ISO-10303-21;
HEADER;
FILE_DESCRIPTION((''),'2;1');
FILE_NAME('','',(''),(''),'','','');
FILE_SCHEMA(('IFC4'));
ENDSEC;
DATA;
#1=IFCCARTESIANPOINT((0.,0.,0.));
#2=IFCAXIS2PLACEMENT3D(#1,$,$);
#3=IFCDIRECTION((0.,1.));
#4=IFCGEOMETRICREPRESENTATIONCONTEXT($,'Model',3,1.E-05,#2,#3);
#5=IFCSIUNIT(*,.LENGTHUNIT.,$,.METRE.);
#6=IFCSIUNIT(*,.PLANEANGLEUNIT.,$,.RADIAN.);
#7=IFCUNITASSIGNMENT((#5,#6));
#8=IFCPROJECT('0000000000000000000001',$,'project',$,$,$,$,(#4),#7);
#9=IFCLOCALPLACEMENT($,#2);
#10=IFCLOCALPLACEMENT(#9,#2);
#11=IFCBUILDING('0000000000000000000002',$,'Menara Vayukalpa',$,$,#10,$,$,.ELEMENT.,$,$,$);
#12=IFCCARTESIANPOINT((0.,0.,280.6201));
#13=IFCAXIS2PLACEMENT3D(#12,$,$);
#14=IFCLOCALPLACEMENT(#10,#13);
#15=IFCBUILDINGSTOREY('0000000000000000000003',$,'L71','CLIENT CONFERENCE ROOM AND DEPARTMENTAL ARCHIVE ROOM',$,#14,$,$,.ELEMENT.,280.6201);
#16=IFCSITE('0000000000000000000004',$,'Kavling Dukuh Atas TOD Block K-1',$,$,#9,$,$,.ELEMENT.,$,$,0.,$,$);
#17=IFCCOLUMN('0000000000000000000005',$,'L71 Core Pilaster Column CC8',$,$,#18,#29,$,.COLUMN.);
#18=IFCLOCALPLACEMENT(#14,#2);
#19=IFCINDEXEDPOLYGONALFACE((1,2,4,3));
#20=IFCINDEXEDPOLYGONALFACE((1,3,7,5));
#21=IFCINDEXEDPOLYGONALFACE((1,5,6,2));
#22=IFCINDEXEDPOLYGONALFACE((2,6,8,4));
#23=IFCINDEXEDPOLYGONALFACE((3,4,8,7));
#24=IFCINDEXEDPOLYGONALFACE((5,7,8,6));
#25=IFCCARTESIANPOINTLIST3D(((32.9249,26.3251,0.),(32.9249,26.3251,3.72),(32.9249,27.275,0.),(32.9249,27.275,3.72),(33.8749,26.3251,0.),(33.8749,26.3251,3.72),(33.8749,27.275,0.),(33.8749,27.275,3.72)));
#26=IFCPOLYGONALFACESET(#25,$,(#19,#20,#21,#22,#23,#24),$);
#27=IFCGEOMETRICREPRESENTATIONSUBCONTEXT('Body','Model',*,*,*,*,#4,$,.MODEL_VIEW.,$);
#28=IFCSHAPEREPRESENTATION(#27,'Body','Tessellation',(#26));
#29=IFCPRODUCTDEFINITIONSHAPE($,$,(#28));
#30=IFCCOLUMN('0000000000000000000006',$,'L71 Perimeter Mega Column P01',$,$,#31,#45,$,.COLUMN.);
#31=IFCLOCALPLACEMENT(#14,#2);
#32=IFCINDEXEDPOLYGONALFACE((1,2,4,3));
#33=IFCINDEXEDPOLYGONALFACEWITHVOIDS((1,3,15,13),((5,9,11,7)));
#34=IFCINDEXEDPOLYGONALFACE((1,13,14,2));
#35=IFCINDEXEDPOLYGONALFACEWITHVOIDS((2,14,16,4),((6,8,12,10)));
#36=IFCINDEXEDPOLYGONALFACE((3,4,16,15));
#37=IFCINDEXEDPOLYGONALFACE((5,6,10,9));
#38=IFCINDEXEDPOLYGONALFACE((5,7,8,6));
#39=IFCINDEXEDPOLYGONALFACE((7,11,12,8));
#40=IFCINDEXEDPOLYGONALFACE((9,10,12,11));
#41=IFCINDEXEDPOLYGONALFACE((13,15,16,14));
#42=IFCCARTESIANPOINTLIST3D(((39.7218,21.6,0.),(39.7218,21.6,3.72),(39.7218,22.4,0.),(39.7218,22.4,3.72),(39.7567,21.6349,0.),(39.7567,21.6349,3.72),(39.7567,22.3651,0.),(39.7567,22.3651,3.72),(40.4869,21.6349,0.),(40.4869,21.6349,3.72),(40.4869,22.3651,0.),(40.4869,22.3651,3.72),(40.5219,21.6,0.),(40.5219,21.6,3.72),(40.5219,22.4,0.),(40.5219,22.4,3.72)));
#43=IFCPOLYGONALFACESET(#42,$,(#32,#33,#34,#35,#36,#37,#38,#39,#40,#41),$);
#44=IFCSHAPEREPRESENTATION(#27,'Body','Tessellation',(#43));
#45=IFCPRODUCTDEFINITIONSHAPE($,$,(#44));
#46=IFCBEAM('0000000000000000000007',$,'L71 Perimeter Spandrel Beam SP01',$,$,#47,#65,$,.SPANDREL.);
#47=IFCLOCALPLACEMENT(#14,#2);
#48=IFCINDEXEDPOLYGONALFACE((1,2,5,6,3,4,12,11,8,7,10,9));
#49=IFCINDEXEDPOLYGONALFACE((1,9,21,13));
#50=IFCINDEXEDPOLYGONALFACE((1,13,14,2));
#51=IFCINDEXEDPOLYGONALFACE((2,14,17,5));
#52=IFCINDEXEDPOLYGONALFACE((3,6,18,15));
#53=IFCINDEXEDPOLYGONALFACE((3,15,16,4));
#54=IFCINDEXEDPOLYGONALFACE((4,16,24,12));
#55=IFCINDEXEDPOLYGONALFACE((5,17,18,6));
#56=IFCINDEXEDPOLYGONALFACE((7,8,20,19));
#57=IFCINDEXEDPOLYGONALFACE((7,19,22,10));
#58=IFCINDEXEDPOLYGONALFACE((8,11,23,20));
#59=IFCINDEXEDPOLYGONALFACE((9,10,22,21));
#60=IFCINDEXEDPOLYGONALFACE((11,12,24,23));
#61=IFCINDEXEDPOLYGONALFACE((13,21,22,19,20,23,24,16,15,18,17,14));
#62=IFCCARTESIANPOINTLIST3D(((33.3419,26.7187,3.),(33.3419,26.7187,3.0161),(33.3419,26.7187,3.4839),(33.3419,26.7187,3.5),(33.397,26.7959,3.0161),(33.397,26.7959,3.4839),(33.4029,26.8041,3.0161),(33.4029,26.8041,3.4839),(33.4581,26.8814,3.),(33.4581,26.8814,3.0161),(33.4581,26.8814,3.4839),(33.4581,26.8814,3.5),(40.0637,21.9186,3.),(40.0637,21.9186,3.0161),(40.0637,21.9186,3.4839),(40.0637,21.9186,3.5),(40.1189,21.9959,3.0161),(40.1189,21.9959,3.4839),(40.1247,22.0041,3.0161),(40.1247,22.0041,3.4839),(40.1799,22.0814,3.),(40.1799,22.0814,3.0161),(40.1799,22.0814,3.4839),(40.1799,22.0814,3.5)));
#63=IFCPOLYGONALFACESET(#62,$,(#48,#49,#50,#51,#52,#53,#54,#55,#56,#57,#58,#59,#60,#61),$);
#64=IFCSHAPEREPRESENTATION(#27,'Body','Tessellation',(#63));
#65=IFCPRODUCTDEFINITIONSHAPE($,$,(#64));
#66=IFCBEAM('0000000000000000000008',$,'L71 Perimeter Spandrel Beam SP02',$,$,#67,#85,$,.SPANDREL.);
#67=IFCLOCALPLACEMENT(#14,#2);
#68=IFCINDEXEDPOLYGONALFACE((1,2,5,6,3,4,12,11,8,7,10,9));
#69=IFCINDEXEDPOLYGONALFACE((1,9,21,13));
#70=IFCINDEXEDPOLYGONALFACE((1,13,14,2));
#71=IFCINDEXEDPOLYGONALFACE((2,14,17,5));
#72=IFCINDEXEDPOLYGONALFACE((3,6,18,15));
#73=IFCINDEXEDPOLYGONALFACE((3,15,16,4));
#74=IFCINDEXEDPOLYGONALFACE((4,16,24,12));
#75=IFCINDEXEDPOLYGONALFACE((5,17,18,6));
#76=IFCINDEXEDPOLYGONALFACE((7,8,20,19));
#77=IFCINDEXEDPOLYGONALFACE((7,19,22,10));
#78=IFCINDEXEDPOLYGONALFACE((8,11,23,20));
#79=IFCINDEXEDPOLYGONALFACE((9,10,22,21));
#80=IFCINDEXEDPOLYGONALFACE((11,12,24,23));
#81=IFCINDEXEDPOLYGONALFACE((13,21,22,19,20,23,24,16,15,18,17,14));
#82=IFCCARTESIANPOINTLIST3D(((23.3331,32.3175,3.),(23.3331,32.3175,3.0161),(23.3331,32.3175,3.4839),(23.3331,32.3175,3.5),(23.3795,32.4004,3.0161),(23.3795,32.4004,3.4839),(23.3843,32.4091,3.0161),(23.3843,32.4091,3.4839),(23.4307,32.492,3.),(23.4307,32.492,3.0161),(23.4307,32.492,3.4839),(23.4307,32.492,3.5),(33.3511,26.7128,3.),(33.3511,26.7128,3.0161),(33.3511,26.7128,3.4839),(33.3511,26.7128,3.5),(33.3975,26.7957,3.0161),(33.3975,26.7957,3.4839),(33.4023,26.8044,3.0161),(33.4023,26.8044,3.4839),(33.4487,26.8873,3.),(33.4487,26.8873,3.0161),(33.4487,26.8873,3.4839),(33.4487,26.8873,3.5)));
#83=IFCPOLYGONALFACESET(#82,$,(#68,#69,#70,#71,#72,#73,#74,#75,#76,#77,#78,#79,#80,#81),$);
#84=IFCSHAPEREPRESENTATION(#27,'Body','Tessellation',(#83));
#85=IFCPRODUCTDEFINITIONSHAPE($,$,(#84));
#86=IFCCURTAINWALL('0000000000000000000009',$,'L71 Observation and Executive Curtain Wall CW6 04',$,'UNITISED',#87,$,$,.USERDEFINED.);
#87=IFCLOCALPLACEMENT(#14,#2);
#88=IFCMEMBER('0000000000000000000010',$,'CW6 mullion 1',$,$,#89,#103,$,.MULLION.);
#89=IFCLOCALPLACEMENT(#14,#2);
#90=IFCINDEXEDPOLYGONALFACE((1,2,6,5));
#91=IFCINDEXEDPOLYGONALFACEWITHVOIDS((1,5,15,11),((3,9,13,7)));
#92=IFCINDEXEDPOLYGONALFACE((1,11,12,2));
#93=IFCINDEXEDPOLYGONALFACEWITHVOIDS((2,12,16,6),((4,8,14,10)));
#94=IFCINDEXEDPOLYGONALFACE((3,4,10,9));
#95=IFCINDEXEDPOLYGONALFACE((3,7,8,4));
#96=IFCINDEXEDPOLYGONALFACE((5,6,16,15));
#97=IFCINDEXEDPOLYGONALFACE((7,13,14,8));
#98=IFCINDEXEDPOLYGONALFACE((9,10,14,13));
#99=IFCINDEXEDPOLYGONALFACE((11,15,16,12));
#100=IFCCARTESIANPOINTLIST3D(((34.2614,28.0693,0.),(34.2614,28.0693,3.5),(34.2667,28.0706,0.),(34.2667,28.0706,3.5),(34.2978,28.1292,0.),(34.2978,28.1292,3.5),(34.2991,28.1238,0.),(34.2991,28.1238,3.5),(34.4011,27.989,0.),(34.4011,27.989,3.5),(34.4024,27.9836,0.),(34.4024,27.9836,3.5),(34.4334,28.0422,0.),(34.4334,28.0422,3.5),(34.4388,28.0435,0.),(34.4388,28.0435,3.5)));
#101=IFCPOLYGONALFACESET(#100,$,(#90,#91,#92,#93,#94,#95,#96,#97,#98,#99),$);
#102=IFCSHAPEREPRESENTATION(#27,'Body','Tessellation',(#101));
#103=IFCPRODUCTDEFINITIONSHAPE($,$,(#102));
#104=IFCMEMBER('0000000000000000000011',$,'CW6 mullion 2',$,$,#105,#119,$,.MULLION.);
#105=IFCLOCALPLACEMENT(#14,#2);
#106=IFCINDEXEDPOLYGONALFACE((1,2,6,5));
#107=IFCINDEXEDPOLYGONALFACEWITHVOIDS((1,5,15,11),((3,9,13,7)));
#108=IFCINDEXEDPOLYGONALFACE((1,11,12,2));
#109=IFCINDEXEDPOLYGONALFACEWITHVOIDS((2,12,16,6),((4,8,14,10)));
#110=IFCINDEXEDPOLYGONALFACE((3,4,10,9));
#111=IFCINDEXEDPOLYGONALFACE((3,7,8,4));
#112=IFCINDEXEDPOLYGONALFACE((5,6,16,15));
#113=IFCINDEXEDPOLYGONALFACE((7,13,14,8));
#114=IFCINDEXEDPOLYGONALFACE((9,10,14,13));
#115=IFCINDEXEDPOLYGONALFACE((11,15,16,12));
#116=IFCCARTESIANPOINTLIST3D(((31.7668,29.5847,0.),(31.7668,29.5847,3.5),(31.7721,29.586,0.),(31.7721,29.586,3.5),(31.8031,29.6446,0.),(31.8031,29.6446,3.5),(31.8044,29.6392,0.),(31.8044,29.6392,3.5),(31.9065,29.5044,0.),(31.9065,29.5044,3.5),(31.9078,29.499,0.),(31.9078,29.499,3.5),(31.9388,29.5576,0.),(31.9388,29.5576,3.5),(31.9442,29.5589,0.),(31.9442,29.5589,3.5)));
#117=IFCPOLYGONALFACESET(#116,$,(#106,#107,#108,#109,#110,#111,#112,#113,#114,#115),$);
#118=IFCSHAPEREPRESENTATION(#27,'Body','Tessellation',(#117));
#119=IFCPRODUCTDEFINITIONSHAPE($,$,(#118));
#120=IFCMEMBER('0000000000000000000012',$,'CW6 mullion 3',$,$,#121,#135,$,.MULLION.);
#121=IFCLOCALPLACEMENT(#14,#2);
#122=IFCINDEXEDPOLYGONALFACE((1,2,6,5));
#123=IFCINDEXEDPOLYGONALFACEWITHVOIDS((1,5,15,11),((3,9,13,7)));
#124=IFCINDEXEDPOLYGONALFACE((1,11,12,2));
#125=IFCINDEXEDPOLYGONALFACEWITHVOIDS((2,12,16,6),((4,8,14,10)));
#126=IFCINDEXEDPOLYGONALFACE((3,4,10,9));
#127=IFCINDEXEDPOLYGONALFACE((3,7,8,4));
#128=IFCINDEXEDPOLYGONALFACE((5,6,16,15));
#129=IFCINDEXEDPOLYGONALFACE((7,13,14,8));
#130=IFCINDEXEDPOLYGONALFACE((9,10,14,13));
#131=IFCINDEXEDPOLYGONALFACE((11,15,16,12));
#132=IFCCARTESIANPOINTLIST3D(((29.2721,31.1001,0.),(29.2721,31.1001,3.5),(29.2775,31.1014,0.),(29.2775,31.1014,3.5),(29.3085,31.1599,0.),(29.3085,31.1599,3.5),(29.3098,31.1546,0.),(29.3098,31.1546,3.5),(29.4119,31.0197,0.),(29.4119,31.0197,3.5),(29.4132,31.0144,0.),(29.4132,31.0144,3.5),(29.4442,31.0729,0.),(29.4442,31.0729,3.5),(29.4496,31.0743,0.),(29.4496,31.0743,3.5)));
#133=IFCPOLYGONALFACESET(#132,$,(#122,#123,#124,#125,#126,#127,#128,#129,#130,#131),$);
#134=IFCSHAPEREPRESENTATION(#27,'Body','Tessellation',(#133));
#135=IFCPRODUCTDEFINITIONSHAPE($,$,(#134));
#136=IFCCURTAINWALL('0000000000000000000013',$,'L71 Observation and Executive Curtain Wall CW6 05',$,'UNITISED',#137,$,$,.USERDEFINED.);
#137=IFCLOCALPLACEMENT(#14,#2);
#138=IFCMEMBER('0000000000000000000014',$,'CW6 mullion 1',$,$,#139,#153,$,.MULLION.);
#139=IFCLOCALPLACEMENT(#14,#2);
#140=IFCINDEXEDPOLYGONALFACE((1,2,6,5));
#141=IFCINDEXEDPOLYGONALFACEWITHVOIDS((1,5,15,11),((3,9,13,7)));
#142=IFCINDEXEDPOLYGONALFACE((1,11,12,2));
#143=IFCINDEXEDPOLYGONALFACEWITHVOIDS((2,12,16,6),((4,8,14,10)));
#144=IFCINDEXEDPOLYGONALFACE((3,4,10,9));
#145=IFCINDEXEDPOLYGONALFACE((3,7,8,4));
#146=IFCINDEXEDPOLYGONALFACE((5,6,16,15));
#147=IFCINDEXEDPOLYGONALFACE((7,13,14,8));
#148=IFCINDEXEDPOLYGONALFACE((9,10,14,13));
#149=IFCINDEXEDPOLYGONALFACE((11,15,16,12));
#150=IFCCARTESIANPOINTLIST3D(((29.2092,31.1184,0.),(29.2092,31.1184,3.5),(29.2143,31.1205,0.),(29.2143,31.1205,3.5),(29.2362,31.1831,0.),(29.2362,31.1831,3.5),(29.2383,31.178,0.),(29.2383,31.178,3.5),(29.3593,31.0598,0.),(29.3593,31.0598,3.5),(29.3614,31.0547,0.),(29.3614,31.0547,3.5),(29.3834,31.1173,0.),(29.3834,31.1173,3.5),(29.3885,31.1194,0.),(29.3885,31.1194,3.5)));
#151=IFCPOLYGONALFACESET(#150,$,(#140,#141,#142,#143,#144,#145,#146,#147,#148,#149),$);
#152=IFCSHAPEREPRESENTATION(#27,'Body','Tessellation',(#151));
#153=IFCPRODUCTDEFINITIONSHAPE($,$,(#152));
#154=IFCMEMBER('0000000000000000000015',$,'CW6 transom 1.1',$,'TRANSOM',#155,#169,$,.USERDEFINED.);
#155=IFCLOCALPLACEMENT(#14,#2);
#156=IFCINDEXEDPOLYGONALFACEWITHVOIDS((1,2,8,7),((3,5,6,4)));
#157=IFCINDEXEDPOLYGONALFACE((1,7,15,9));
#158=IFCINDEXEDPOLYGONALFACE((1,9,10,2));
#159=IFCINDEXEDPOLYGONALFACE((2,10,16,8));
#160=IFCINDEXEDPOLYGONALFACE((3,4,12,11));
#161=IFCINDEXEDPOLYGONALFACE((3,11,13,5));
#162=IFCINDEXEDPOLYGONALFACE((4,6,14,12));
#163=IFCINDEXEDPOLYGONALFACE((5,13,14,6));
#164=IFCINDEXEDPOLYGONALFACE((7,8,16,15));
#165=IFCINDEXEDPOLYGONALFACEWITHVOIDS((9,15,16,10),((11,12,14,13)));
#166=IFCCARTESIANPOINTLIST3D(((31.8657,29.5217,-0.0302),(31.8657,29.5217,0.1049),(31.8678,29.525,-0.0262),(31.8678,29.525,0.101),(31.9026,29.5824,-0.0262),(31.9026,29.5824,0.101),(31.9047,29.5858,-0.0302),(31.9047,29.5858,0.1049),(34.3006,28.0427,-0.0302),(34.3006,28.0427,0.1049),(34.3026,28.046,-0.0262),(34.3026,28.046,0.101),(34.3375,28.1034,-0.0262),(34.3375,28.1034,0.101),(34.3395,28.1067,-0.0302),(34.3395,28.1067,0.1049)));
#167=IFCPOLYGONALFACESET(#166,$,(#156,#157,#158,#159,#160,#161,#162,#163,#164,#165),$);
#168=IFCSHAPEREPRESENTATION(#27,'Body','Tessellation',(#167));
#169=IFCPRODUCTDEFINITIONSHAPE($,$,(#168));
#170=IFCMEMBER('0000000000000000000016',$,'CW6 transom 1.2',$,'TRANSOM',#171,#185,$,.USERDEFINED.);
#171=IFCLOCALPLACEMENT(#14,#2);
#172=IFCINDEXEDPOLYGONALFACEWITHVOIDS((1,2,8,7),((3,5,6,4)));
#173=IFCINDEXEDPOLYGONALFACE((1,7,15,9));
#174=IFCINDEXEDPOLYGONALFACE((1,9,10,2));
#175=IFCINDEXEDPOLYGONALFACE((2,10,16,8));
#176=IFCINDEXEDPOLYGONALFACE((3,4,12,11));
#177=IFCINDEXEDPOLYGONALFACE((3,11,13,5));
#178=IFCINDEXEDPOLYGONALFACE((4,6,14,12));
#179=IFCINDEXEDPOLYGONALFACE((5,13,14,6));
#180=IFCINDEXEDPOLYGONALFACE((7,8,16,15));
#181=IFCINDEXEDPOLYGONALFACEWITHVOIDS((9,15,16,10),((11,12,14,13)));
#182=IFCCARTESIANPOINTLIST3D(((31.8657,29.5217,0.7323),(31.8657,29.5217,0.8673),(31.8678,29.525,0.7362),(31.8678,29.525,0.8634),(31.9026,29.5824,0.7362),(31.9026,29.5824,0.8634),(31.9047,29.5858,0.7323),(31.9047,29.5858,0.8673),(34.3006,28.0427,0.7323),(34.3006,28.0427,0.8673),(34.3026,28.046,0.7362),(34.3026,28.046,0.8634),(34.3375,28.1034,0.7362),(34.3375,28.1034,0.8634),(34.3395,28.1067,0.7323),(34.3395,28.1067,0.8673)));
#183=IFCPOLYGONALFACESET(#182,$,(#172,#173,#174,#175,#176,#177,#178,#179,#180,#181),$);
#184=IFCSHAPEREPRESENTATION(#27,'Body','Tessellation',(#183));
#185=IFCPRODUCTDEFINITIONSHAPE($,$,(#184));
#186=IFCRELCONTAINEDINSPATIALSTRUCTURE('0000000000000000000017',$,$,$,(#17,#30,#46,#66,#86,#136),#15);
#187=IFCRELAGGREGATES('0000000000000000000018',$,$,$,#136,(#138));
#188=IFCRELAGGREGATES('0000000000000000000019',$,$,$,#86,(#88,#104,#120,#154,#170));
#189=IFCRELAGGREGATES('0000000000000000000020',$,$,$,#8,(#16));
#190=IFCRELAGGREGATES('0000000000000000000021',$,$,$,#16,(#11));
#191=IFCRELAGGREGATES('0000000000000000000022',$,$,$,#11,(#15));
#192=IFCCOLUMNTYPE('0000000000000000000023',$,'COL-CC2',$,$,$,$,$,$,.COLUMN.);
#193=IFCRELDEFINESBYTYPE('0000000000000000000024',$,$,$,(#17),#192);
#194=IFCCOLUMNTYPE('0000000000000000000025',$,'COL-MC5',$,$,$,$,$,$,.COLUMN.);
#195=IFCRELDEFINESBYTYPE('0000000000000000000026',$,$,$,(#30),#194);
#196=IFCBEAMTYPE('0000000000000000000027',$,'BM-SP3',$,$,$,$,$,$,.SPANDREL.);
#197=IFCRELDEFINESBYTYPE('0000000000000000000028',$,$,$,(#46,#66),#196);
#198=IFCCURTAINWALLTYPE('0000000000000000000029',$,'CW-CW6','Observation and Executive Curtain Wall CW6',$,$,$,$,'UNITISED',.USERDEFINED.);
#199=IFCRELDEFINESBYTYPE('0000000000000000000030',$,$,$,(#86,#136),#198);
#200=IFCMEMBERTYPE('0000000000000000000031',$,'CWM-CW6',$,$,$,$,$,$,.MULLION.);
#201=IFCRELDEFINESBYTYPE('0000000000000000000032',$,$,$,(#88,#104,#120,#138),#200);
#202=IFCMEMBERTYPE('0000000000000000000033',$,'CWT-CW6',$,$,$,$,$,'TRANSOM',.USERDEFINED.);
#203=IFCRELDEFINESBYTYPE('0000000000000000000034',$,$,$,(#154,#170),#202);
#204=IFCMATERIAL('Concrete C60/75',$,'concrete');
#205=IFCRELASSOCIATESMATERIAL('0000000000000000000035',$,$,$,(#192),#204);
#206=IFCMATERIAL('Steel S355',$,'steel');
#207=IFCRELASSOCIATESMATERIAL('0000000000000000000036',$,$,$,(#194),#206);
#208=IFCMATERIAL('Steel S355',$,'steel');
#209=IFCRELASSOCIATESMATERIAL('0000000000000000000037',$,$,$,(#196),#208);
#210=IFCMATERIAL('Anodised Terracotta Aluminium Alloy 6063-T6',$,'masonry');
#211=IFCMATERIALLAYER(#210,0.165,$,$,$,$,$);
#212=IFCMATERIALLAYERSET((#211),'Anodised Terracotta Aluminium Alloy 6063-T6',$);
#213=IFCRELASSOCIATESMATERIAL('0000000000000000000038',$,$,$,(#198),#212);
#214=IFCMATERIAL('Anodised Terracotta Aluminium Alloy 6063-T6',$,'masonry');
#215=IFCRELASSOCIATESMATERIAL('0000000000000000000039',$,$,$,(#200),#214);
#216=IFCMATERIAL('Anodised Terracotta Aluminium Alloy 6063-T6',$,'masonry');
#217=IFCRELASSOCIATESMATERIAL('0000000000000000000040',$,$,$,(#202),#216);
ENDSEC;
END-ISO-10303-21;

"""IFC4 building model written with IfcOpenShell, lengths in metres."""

from ifc_helpers import new_model, si_unit, direction, frame, origin, origin_2d, place, context, subcontext, project, spatial, rectangle, hollow_rectangle, i_section, extrude, material, layer, layer_set, material_profile, profile_set, type_object, element, aggregate, save


model = new_model("IFC4")

# Units and contexts
model_context = context("Model", 3, precision=1e-05, world=origin(), true_north=direction((0.0, 1.0)))
body_context = subcontext(model_context, "Body", "Model", "MODEL_VIEW")
ifc_project = project(units=[si_unit("LENGTHUNIT", "METRE"), si_unit("PLANEANGLEUNIT", "RADIAN")], contexts=[model_context])

# Site, building, storey
site_placement = place(None, origin())
site = spatial("IfcSite", under=ifc_project, at=site_placement, Name="Kavling Dukuh Atas TOD Block K-1", CompositionType="ELEMENT", RefElevation=0.0)
building_placement = place(site_placement, origin())
building = spatial("IfcBuilding", under=site, at=building_placement, Name="Menara Vayukalpa", CompositionType="ELEMENT")
storey_placement = place(building_placement, frame((0.0, 0.0, 280.6201)))
storey = spatial("IfcBuildingStorey", under=building, at=storey_placement, Name="L71", Description="CLIENT CONFERENCE ROOM AND DEPARTMENTAL ARCHIVE ROOM", CompositionType="ELEMENT", Elevation=280.6201)

# Columns
ifc_material_1 = material(Name="Concrete C60/75", Category="concrete")
ifc_material_profile_1 = material_profile(ifc_material_1, rectangle(XDim=0.95, YDim=0.95, at=origin_2d()), Name="RC 950x950")
ifc_profile_set_1 = profile_set([ifc_material_profile_1], Name="Concrete C60/75")
column_type_1 = type_object("IfcColumnType", Name="COL-CC2", PredefinedType="COLUMN", material=ifc_profile_set_1)
column_1_placement = place(storey_placement, frame((33.3999, 26.8, 0.0), z_axis=(0.0, 0.0, 1.0), x_axis=(1.0, 0.0, 0.0)))
element("IfcColumn", 1, at=column_1_placement, inside=storey, type_object=column_type_1, Name="L71 Core Pilaster Column CC8", PredefinedType="COLUMN", context=body_context, shape_type="SweptSolid", body=[
    extrude(rectangle(XDim=0.95, YDim=0.95, at=origin_2d()), origin(), (0.0, 0.0, 1.0), 3.72),
])
ifc_material_2 = material(Name="Steel S355", Category="steel")
ifc_material_profile_2 = material_profile(ifc_material_2, hollow_rectangle(XDim=0.8, YDim=0.8, WallThickness=0.0349, at=origin_2d()), Name="BOX 800x800x35")
ifc_profile_set_2 = profile_set([ifc_material_profile_2], Name="Steel S355")
column_type_2 = type_object("IfcColumnType", Name="COL-MC5", PredefinedType="COLUMN", material=ifc_profile_set_2)
column_2_placement = place(storey_placement, frame((40.1218, 22.0, 0.0), z_axis=(0.0, 0.0, 1.0), x_axis=(1.0, 0.0, 0.0)))
element("IfcColumn", 2, at=column_2_placement, inside=storey, type_object=column_type_2, Name="L71 Perimeter Mega Column P01", PredefinedType="COLUMN", context=body_context, shape_type="SweptSolid", body=[
    extrude(hollow_rectangle(XDim=0.8, YDim=0.8, WallThickness=0.0349, at=origin_2d()), origin(), (0.0, 0.0, 1.0), 3.72),
])

# Beams
ifc_material_3 = material(Name="Steel S355", Category="steel")
ifc_material_profile_3 = material_profile(ifc_material_3, i_section(OverallWidth=0.2, OverallDepth=0.5, WebThickness=0.01, FlangeThickness=0.0161, at=origin_2d()), Name="WF 500x200x10x16")
ifc_profile_set_3 = profile_set([ifc_material_profile_3], Name="Steel S355")
beam_type = type_object("IfcBeamType", Name="BM-SP3", PredefinedType="SPANDREL", material=ifc_profile_set_3)
beam_1_placement = place(storey_placement, frame((40.1218, 22.0, 3.25), z_axis=(-0.813809, 0.581132, 0.0), x_axis=(-0.581132, -0.813809, 0.0)))
element("IfcBeam", 3, at=beam_1_placement, inside=storey, type_object=beam_type, Name="L71 Perimeter Spandrel Beam SP01", PredefinedType="SPANDREL", context=body_context, shape_type="SweptSolid", body=[
    extrude(i_section(OverallWidth=0.2, OverallDepth=0.5, WebThickness=0.01, FlangeThickness=0.0161, at=origin_2d()), origin(), (0.0, 0.0, 1.0), 8.2598),
])
beam_2_placement = place(storey_placement, frame((33.3999, 26.8, 3.25), z_axis=(-0.872706, 0.488246, 0.0), x_axis=(-0.488246, -0.872706, 0.0)))
element("IfcBeam", 4, at=beam_2_placement, inside=storey, type_object=beam_type, Name="L71 Perimeter Spandrel Beam SP02", PredefinedType="SPANDREL", context=body_context, shape_type="SweptSolid", body=[
    extrude(i_section(OverallWidth=0.2, OverallDepth=0.5, WebThickness=0.01, FlangeThickness=0.0161, at=origin_2d()), origin(), (0.0, 0.0, 1.0), 11.4792),
])

# Curtain wall, members
ifc_material_4 = material(Name="Anodised Terracotta Aluminium Alloy 6063-T6", Category="masonry")
ifc_layer_1 = layer(ifc_material_4, 0.165)
ifc_layer_set_1 = layer_set([ifc_layer_1], Name="Anodised Terracotta Aluminium Alloy 6063-T6")
curtain_wall_type = type_object("IfcCurtainWallType", Name="CW-CW6", Description="Observation and Executive Curtain Wall CW6", ElementType="UNITISED", PredefinedType="USERDEFINED", material=ifc_layer_set_1)
curtain_wall_1_placement = place(storey_placement, origin())
curtain_wall_1 = element("IfcCurtainWall", 5, at=curtain_wall_1_placement, inside=storey, type_object=curtain_wall_type, Name="L71 Observation and Executive Curtain Wall CW6 04", ObjectType="UNITISED", PredefinedType="USERDEFINED")
ifc_material_5 = material(Name="Anodised Terracotta Aluminium Alloy 6063-T6", Category="masonry")
ifc_material_profile_4 = material_profile(ifc_material_5, hollow_rectangle(XDim=0.0701, YDim=0.165, WallThickness=0.0039, at=origin_2d()), Name="ALU 70x165x4")
ifc_profile_set_4 = profile_set([ifc_material_profile_4], Name="Anodised Terracotta Aluminium Alloy 6063-T6")
member_type_1 = type_object("IfcMemberType", Name="CWM-CW6", PredefinedType="MULLION", material=ifc_profile_set_4)
member_1_placement = place(storey_placement, frame((34.3501, 28.0564, 0.0), z_axis=(0.0, 0.0, 1.0), x_axis=(-0.519176, -0.854668, 0.0)))
member_1 = element("IfcMember", 6, at=member_1_placement, type_object=member_type_1, Name="CW6 mullion 1", PredefinedType="MULLION", context=body_context, shape_type="SweptSolid", body=[
    extrude(hollow_rectangle(XDim=0.0701, YDim=0.165, WallThickness=0.0039, at=origin_2d()), origin(), (0.0, 0.0, 1.0), 3.5),
])
member_2_placement = place(storey_placement, frame((31.8555, 29.5718, 0.0), z_axis=(0.0, 0.0, 1.0), x_axis=(-0.519176, -0.854668, 0.0)))
member_2 = element("IfcMember", 7, at=member_2_placement, type_object=member_type_1, Name="CW6 mullion 2", PredefinedType="MULLION", context=body_context, shape_type="SweptSolid", body=[
    extrude(hollow_rectangle(XDim=0.0701, YDim=0.165, WallThickness=0.0039, at=origin_2d()), origin(), (0.0, 0.0, 1.0), 3.5),
])
member_3_placement = place(storey_placement, frame((29.3608, 31.0872, 0.0), z_axis=(0.0, 0.0, 1.0), x_axis=(-0.519176, -0.854668, 0.0)))
member_3 = element("IfcMember", 8, at=member_3_placement, type_object=member_type_1, Name="CW6 mullion 3", PredefinedType="MULLION", context=body_context, shape_type="SweptSolid", body=[
    extrude(hollow_rectangle(XDim=0.0701, YDim=0.165, WallThickness=0.0039, at=origin_2d()), origin(), (0.0, 0.0, 1.0), 3.5),
])

# Curtain wall, member
curtain_wall_2_placement = place(storey_placement, origin())
curtain_wall_2 = element("IfcCurtainWall", 9, at=curtain_wall_2_placement, inside=storey, type_object=curtain_wall_type, Name="L71 Observation and Executive Curtain Wall CW6 05", ObjectType="UNITISED", PredefinedType="USERDEFINED")
member_4_placement = place(storey_placement, frame((29.2988, 31.1189, 0.0), z_axis=(0.0, 0.0, 1.0), x_axis=(-0.3859, -0.922541, 0.0)))
member_4 = element("IfcMember", 10, at=member_4_placement, type_object=member_type_1, Name="CW6 mullion 1", PredefinedType="MULLION", context=body_context, shape_type="SweptSolid", body=[
    extrude(hollow_rectangle(XDim=0.0701, YDim=0.165, WallThickness=0.0039, at=origin_2d()), origin(), (0.0, 0.0, 1.0), 3.5),
])
aggregate(curtain_wall_2, [member_4])

# Members
ifc_material_6 = material(Name="Anodised Terracotta Aluminium Alloy 6063-T6", Category="masonry")
ifc_material_profile_5 = material_profile(ifc_material_6, hollow_rectangle(XDim=0.075, YDim=0.135, WallThickness=0.0039, at=origin_2d()), Name="ALU 75x135x4")
ifc_profile_set_5 = profile_set([ifc_material_profile_5], Name="Anodised Terracotta Aluminium Alloy 6063-T6")
member_type_2 = type_object("IfcMemberType", Name="CWT-CW6", ElementType="TRANSOM", PredefinedType="USERDEFINED", material=ifc_profile_set_5)
member_5_placement = place(storey_placement, frame((34.3201, 28.0747, 0.0374), z_axis=(-0.854675, 0.519164, 0.0), x_axis=(-0.519164, -0.854675, 0.0)))
member_5 = element("IfcMember", 11, at=member_5_placement, type_object=member_type_2, Name="CW6 transom 1.1", ObjectType="TRANSOM", PredefinedType="USERDEFINED", context=body_context, shape_type="SweptSolid", body=[
    extrude(hollow_rectangle(XDim=0.075, YDim=0.135, WallThickness=0.0039, at=origin_2d()), origin(), (0.0, 0.0, 1.0), 2.8489),
])
member_6_placement = place(storey_placement, frame((34.3201, 28.0747, 0.7998), z_axis=(-0.854675, 0.519164, 0.0), x_axis=(-0.519164, -0.854675, 0.0)))
member_6 = element("IfcMember", 12, at=member_6_placement, type_object=member_type_2, Name="CW6 transom 1.2", ObjectType="TRANSOM", PredefinedType="USERDEFINED", context=body_context, shape_type="SweptSolid", body=[
    extrude(hollow_rectangle(XDim=0.075, YDim=0.135, WallThickness=0.0039, at=origin_2d()), origin(), (0.0, 0.0, 1.0), 2.8489),
])

aggregate(curtain_wall_1, [member_1, member_2, member_3, member_5, member_6])

save(model, "model.ifc")
